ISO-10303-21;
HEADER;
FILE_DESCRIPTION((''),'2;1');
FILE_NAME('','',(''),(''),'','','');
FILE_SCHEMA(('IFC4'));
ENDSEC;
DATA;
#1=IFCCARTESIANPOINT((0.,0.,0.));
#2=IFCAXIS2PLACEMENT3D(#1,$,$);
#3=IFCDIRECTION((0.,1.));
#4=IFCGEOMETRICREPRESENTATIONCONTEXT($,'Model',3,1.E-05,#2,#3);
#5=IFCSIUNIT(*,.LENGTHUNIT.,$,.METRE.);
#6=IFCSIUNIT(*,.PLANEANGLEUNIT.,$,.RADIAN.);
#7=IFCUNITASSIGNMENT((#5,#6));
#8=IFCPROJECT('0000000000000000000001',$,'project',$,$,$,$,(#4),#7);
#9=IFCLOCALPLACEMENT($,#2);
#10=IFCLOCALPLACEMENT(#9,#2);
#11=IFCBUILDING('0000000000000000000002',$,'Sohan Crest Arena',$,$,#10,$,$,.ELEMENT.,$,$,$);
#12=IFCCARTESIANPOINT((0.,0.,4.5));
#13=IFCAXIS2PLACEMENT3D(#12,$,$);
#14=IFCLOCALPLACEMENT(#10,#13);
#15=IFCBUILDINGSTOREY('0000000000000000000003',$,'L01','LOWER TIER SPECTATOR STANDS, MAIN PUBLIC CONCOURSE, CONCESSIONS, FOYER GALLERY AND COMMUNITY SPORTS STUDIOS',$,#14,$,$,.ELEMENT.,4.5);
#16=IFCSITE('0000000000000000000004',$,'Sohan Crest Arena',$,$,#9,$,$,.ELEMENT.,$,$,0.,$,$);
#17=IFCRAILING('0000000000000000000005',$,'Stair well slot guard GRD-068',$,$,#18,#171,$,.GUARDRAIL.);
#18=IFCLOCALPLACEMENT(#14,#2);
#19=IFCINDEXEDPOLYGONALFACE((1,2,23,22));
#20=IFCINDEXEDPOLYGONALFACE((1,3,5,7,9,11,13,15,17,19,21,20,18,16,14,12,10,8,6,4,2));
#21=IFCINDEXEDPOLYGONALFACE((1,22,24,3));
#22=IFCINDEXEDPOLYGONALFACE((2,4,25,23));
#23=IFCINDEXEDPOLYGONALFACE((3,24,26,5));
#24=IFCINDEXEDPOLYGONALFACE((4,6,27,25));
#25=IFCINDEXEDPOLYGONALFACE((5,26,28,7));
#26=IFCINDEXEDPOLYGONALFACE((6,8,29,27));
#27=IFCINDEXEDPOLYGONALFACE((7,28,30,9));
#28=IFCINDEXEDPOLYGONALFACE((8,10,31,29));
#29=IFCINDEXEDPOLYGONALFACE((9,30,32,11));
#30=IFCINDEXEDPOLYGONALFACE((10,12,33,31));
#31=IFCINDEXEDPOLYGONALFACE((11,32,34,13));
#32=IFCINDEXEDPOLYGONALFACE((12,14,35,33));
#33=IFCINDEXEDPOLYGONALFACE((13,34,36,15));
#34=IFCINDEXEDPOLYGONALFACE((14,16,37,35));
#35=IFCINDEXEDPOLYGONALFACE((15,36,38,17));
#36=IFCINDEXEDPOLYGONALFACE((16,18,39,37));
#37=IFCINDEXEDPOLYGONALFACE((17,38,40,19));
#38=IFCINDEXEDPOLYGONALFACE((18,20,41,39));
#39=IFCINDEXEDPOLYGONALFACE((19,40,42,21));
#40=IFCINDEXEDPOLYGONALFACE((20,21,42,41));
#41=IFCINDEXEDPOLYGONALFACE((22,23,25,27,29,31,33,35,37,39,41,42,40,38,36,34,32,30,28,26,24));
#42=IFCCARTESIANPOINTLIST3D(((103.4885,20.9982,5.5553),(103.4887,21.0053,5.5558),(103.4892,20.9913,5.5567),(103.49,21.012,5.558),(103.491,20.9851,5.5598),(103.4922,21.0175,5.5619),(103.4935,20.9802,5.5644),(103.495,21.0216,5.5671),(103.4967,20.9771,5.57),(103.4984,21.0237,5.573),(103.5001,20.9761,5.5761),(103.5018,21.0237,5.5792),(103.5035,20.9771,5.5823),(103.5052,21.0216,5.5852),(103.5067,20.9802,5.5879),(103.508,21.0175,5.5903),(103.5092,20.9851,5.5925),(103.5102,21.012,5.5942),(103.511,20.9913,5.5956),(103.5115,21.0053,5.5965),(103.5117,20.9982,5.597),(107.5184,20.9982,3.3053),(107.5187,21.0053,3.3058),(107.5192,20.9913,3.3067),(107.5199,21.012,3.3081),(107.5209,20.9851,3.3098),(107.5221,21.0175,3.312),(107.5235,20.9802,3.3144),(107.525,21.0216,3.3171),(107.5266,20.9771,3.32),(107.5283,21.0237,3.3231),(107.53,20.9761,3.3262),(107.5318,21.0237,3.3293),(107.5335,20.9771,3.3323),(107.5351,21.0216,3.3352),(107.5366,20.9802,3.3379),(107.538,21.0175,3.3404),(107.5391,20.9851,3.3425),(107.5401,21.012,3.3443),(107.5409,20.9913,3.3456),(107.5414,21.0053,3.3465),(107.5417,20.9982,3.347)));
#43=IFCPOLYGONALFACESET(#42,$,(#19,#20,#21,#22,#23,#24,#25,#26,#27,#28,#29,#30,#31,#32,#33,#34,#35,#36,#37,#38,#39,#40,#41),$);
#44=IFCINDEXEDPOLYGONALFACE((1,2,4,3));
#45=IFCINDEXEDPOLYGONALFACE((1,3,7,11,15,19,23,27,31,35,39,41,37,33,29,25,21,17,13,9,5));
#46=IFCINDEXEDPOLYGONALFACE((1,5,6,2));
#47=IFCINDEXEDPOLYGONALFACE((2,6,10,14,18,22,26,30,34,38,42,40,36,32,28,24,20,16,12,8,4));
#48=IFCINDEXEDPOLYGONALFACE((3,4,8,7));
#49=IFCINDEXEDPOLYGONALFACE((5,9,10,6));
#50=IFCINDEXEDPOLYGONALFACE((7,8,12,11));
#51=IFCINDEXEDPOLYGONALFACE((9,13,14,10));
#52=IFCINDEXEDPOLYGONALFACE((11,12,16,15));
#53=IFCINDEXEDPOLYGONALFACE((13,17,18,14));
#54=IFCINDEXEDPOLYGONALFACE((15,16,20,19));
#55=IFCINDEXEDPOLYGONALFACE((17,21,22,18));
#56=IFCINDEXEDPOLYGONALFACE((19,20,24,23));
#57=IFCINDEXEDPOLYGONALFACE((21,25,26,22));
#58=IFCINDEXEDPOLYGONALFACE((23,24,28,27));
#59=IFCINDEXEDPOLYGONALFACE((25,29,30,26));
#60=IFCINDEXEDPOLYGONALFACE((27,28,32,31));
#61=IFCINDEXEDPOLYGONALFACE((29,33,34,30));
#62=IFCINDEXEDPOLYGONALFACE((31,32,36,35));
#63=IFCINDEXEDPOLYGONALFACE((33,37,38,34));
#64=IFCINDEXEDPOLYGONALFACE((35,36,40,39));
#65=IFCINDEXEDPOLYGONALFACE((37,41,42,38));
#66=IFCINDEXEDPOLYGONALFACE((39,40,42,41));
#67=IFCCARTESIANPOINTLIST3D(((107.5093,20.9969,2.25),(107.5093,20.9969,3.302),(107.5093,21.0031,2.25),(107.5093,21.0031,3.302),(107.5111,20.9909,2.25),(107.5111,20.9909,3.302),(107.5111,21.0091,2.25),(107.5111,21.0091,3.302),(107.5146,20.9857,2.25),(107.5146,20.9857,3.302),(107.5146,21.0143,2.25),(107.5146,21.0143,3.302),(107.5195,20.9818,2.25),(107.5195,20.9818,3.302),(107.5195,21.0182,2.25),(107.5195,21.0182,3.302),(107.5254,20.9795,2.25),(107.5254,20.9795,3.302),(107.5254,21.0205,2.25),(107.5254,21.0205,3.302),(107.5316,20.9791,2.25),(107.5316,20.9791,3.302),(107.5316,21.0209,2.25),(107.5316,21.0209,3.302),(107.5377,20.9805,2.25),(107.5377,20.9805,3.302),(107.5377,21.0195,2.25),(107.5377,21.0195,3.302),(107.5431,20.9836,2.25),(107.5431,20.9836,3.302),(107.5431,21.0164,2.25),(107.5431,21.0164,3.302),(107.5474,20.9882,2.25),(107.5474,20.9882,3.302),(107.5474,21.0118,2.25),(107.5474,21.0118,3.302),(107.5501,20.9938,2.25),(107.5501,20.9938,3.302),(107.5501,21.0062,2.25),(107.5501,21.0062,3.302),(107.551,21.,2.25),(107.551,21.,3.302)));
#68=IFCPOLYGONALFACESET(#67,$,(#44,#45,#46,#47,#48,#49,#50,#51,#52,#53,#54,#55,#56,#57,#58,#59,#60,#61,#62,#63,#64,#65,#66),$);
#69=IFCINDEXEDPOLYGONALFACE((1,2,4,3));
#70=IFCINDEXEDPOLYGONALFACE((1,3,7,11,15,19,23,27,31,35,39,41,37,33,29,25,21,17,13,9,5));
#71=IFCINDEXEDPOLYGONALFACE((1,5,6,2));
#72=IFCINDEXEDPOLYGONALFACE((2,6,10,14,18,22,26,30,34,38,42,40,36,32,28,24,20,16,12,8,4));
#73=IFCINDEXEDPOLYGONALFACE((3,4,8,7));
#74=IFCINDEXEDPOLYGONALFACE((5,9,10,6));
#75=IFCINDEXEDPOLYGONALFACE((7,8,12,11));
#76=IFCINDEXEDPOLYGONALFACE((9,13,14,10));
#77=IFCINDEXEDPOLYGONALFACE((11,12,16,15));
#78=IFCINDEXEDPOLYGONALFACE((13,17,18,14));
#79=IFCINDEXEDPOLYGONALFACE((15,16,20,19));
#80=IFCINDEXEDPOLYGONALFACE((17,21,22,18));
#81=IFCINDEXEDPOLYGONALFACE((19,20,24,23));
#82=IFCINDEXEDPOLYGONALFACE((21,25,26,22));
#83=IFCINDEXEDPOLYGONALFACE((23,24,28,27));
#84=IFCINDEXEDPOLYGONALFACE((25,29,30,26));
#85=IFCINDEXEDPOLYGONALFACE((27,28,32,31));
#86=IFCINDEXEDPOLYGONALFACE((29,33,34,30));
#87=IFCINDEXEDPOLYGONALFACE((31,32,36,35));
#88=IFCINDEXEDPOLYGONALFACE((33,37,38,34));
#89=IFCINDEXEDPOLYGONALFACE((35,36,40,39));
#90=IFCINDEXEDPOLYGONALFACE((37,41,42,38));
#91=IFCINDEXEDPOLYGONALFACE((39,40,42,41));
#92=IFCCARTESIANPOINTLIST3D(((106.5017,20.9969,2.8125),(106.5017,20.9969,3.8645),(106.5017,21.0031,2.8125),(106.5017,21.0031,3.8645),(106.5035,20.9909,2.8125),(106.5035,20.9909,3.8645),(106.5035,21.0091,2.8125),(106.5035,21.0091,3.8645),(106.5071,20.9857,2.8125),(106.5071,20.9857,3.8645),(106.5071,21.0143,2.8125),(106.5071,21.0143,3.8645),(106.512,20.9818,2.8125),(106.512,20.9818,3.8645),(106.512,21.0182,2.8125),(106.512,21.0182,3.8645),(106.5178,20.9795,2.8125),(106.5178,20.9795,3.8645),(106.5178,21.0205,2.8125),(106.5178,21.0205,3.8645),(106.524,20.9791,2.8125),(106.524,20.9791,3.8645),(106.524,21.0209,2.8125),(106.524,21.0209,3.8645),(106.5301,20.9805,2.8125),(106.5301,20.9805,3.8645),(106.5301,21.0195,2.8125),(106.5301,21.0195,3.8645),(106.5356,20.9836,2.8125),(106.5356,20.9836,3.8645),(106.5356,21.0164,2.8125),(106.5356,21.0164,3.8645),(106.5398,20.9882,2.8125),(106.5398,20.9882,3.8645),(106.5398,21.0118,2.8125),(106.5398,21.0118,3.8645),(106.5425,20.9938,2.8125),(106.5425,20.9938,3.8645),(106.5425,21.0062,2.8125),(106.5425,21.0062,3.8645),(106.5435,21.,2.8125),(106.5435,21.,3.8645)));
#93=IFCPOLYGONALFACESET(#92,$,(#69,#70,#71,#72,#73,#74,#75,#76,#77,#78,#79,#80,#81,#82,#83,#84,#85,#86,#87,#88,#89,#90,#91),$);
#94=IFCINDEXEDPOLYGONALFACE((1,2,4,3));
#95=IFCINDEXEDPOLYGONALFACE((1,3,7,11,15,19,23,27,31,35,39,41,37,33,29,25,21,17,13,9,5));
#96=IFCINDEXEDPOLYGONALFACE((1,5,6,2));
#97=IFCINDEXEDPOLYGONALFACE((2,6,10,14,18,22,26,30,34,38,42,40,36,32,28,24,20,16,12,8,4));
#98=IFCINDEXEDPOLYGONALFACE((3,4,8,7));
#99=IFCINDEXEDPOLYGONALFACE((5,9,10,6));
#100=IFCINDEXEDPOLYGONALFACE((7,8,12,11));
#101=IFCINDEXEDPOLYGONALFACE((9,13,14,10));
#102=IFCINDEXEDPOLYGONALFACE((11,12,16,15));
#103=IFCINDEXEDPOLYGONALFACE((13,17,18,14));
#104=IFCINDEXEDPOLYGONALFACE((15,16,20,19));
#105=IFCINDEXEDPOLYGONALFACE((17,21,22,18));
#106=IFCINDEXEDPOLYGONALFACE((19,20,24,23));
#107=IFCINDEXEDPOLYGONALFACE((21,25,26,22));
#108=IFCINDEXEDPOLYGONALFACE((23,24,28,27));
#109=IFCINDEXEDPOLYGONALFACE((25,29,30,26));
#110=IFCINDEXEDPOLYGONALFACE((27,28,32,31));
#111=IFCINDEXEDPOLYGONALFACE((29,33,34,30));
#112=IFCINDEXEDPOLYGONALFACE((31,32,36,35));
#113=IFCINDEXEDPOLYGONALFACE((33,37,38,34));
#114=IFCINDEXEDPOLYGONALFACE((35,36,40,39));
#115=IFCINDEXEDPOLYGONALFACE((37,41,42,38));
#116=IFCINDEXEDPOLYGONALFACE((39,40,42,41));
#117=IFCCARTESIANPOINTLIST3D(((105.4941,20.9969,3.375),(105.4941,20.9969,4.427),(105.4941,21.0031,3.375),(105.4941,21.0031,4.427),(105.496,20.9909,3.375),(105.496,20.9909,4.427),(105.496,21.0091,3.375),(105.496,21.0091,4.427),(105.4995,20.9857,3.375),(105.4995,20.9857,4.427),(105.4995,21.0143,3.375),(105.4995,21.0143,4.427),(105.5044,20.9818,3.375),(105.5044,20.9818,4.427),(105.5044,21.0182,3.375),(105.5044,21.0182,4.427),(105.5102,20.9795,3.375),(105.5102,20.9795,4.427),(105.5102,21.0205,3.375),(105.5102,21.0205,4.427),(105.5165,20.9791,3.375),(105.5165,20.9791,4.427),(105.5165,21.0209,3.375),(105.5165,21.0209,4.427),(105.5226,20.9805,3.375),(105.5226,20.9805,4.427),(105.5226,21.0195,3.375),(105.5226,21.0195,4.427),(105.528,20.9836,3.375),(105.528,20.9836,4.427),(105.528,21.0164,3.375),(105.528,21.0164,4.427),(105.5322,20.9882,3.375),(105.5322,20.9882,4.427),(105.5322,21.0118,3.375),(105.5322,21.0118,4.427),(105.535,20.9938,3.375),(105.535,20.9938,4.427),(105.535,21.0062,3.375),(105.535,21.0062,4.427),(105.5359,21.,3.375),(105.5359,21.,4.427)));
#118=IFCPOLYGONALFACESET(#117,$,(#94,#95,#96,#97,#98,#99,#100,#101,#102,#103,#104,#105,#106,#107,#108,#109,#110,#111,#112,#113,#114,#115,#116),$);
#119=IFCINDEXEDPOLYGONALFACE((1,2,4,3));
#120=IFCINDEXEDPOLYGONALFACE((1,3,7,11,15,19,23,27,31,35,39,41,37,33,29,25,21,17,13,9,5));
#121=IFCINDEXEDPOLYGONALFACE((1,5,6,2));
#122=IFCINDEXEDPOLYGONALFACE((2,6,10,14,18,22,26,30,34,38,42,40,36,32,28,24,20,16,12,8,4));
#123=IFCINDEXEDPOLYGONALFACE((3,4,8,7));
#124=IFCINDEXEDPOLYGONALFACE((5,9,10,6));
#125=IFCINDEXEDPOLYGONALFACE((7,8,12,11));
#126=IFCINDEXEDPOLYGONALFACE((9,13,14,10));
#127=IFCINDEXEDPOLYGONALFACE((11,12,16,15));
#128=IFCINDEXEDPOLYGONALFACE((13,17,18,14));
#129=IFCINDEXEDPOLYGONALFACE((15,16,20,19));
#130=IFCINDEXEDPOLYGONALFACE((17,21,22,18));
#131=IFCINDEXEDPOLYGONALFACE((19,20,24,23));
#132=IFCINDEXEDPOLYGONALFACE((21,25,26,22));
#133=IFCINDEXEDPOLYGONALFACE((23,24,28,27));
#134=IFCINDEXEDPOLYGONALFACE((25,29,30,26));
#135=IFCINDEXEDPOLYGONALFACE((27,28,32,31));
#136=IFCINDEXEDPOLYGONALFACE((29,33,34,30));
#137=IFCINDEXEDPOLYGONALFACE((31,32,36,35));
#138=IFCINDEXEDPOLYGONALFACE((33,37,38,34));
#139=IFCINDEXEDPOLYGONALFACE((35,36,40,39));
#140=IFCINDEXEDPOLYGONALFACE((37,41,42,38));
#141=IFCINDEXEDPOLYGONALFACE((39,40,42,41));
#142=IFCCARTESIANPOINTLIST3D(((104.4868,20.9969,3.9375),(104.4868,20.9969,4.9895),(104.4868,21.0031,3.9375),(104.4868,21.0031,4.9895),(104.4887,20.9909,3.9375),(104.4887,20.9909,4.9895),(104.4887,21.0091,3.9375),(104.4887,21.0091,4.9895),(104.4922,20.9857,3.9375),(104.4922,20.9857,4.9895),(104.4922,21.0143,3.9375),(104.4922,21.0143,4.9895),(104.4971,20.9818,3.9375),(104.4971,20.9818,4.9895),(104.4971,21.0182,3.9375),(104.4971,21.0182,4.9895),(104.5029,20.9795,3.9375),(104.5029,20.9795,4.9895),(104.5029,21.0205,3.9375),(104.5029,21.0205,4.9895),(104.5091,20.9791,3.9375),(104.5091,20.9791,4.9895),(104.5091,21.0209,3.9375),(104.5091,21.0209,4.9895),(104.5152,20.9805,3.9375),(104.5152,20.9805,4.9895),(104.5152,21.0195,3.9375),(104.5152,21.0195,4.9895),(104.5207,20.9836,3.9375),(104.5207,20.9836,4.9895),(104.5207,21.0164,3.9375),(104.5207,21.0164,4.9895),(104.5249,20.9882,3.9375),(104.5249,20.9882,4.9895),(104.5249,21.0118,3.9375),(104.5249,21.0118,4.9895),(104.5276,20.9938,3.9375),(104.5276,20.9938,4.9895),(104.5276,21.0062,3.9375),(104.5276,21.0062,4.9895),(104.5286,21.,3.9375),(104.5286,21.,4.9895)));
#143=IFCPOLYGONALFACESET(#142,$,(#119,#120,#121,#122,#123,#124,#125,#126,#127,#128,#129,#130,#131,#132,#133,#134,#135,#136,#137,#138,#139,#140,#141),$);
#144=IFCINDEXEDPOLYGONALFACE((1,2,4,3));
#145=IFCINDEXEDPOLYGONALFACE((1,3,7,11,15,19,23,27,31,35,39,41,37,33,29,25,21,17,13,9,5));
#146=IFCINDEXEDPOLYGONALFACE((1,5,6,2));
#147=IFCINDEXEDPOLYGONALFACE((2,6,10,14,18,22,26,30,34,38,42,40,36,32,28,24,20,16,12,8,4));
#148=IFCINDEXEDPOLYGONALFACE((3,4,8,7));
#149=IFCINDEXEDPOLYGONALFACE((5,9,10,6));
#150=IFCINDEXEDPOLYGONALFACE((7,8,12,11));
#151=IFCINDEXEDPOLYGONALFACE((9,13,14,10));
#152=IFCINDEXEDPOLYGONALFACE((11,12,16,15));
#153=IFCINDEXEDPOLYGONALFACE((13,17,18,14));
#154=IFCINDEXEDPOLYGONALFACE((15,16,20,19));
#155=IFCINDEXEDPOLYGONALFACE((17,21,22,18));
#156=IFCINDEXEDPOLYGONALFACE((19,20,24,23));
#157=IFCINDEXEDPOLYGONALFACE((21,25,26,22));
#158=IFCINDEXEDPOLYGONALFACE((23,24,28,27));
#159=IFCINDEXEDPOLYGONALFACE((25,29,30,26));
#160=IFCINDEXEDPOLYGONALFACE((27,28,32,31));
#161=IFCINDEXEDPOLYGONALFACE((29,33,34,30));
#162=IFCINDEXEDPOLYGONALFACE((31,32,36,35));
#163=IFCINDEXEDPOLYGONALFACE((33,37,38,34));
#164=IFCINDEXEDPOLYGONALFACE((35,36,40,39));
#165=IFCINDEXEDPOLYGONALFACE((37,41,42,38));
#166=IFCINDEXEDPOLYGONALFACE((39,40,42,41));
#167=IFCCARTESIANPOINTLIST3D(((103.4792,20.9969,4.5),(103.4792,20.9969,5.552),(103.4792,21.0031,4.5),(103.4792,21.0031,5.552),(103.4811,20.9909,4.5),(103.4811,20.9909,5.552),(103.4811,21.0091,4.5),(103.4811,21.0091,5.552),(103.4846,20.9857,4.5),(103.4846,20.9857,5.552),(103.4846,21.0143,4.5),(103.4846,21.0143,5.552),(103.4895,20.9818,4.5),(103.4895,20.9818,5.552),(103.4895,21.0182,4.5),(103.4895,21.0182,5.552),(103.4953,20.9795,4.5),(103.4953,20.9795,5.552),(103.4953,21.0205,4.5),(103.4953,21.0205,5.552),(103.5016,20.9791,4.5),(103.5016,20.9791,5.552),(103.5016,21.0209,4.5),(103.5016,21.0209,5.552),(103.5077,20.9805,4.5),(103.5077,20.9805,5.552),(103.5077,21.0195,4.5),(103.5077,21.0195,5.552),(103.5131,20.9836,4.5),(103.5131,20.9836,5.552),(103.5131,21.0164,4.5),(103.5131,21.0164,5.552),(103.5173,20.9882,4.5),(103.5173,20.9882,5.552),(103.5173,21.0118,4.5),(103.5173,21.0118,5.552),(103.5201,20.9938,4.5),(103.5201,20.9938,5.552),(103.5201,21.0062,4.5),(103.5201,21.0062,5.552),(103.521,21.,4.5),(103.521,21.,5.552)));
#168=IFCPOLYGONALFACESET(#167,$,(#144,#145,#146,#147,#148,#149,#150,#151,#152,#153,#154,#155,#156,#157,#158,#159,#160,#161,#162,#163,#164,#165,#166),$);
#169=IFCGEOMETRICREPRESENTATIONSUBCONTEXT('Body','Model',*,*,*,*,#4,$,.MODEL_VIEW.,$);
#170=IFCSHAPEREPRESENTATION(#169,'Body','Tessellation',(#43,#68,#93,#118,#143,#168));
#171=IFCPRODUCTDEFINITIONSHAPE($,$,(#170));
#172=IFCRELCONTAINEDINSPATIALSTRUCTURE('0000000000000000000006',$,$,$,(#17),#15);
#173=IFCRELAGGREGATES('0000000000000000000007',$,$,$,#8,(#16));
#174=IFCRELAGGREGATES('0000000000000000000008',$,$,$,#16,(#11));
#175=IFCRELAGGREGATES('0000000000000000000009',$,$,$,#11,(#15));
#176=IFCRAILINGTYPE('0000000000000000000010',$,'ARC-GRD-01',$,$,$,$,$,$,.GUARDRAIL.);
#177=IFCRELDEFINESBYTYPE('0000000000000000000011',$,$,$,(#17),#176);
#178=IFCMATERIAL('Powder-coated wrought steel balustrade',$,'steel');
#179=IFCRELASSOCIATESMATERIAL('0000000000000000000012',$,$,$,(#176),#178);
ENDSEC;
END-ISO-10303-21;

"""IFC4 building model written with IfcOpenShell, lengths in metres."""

from ifc_helpers import new_model, si_unit, direction, frame, origin, origin_2d, place, context, subcontext, project, spatial, circle, extrude, material, type_object, element, save


model = new_model("IFC4")

# Units and contexts
model_context = context("Model", 3, precision=1e-05, world=origin(), true_north=direction((0.0, 1.0)))
body_context = subcontext(model_context, "Body", "Model", "MODEL_VIEW")
ifc_project = project(units=[si_unit("LENGTHUNIT", "METRE"), si_unit("PLANEANGLEUNIT", "RADIAN")], contexts=[model_context])

# Site, building, storey
site_placement = place(None, origin())
site = spatial("IfcSite", under=ifc_project, at=site_placement, Name="Sohan Crest Arena", CompositionType="ELEMENT", RefElevation=0.0)
building_placement = place(site_placement, origin())
building = spatial("IfcBuilding", under=site, at=building_placement, Name="Sohan Crest Arena", CompositionType="ELEMENT")
storey_placement = place(building_placement, frame((0.0, 0.0, 4.5)))
storey = spatial("IfcBuildingStorey", under=building, at=storey_placement, Name="L01", Description="LOWER TIER SPECTATOR STANDS, MAIN PUBLIC CONCOURSE, CONCESSIONS, FOYER GALLERY AND COMMUNITY SPORTS STUDIOS", CompositionType="ELEMENT", Elevation=4.5)

# Railing
ifc_material_1 = material(Name="Powder-coated wrought steel balustrade", Category="steel")
railing_type_1 = type_object("IfcRailingType", Name="ARC-GRD-01", PredefinedType="GUARDRAIL", material=ifc_material_1)
railing_1_placement = place(storey_placement, frame((107.53, 21.0, 2.25)))
element("IfcRailing", 1, at=railing_1_placement, inside=storey, type_object=railing_type_1, Name="Stair well slot guard GRD-068", PredefinedType="GUARDRAIL", context=body_context, shape_type="SweptSolid", body=[
    extrude(circle(Radius=0.0239, at=origin_2d()), frame((0.0, 0.0, 1.0762), z_axis=(-0.873135, 0.0, 0.487479), x_axis=(0.0, -1.0, 0.0)), (0.0, 0.0, 1.0), 4.6155),
    extrude(circle(Radius=0.021, at=origin_2d()), origin(), (0.0, 0.0, 1.0), 1.052),
    extrude(circle(Radius=0.021, at=origin_2d()), frame((-1.0076, 0.0, 0.5625)), (0.0, 0.0, 1.0), 1.052),
    extrude(circle(Radius=0.021, at=origin_2d()), frame((-2.0151, 0.0, 1.125)), (0.0, 0.0, 1.0), 1.052),
    extrude(circle(Radius=0.021, at=origin_2d()), frame((-3.0225, 0.0, 1.6875)), (0.0, 0.0, 1.0), 1.052),
    extrude(circle(Radius=0.021, at=origin_2d()), frame((-4.03, 0.0, 2.25)), (0.0, 0.0, 1.0), 1.052),
])

save(model, "model.ifc")
